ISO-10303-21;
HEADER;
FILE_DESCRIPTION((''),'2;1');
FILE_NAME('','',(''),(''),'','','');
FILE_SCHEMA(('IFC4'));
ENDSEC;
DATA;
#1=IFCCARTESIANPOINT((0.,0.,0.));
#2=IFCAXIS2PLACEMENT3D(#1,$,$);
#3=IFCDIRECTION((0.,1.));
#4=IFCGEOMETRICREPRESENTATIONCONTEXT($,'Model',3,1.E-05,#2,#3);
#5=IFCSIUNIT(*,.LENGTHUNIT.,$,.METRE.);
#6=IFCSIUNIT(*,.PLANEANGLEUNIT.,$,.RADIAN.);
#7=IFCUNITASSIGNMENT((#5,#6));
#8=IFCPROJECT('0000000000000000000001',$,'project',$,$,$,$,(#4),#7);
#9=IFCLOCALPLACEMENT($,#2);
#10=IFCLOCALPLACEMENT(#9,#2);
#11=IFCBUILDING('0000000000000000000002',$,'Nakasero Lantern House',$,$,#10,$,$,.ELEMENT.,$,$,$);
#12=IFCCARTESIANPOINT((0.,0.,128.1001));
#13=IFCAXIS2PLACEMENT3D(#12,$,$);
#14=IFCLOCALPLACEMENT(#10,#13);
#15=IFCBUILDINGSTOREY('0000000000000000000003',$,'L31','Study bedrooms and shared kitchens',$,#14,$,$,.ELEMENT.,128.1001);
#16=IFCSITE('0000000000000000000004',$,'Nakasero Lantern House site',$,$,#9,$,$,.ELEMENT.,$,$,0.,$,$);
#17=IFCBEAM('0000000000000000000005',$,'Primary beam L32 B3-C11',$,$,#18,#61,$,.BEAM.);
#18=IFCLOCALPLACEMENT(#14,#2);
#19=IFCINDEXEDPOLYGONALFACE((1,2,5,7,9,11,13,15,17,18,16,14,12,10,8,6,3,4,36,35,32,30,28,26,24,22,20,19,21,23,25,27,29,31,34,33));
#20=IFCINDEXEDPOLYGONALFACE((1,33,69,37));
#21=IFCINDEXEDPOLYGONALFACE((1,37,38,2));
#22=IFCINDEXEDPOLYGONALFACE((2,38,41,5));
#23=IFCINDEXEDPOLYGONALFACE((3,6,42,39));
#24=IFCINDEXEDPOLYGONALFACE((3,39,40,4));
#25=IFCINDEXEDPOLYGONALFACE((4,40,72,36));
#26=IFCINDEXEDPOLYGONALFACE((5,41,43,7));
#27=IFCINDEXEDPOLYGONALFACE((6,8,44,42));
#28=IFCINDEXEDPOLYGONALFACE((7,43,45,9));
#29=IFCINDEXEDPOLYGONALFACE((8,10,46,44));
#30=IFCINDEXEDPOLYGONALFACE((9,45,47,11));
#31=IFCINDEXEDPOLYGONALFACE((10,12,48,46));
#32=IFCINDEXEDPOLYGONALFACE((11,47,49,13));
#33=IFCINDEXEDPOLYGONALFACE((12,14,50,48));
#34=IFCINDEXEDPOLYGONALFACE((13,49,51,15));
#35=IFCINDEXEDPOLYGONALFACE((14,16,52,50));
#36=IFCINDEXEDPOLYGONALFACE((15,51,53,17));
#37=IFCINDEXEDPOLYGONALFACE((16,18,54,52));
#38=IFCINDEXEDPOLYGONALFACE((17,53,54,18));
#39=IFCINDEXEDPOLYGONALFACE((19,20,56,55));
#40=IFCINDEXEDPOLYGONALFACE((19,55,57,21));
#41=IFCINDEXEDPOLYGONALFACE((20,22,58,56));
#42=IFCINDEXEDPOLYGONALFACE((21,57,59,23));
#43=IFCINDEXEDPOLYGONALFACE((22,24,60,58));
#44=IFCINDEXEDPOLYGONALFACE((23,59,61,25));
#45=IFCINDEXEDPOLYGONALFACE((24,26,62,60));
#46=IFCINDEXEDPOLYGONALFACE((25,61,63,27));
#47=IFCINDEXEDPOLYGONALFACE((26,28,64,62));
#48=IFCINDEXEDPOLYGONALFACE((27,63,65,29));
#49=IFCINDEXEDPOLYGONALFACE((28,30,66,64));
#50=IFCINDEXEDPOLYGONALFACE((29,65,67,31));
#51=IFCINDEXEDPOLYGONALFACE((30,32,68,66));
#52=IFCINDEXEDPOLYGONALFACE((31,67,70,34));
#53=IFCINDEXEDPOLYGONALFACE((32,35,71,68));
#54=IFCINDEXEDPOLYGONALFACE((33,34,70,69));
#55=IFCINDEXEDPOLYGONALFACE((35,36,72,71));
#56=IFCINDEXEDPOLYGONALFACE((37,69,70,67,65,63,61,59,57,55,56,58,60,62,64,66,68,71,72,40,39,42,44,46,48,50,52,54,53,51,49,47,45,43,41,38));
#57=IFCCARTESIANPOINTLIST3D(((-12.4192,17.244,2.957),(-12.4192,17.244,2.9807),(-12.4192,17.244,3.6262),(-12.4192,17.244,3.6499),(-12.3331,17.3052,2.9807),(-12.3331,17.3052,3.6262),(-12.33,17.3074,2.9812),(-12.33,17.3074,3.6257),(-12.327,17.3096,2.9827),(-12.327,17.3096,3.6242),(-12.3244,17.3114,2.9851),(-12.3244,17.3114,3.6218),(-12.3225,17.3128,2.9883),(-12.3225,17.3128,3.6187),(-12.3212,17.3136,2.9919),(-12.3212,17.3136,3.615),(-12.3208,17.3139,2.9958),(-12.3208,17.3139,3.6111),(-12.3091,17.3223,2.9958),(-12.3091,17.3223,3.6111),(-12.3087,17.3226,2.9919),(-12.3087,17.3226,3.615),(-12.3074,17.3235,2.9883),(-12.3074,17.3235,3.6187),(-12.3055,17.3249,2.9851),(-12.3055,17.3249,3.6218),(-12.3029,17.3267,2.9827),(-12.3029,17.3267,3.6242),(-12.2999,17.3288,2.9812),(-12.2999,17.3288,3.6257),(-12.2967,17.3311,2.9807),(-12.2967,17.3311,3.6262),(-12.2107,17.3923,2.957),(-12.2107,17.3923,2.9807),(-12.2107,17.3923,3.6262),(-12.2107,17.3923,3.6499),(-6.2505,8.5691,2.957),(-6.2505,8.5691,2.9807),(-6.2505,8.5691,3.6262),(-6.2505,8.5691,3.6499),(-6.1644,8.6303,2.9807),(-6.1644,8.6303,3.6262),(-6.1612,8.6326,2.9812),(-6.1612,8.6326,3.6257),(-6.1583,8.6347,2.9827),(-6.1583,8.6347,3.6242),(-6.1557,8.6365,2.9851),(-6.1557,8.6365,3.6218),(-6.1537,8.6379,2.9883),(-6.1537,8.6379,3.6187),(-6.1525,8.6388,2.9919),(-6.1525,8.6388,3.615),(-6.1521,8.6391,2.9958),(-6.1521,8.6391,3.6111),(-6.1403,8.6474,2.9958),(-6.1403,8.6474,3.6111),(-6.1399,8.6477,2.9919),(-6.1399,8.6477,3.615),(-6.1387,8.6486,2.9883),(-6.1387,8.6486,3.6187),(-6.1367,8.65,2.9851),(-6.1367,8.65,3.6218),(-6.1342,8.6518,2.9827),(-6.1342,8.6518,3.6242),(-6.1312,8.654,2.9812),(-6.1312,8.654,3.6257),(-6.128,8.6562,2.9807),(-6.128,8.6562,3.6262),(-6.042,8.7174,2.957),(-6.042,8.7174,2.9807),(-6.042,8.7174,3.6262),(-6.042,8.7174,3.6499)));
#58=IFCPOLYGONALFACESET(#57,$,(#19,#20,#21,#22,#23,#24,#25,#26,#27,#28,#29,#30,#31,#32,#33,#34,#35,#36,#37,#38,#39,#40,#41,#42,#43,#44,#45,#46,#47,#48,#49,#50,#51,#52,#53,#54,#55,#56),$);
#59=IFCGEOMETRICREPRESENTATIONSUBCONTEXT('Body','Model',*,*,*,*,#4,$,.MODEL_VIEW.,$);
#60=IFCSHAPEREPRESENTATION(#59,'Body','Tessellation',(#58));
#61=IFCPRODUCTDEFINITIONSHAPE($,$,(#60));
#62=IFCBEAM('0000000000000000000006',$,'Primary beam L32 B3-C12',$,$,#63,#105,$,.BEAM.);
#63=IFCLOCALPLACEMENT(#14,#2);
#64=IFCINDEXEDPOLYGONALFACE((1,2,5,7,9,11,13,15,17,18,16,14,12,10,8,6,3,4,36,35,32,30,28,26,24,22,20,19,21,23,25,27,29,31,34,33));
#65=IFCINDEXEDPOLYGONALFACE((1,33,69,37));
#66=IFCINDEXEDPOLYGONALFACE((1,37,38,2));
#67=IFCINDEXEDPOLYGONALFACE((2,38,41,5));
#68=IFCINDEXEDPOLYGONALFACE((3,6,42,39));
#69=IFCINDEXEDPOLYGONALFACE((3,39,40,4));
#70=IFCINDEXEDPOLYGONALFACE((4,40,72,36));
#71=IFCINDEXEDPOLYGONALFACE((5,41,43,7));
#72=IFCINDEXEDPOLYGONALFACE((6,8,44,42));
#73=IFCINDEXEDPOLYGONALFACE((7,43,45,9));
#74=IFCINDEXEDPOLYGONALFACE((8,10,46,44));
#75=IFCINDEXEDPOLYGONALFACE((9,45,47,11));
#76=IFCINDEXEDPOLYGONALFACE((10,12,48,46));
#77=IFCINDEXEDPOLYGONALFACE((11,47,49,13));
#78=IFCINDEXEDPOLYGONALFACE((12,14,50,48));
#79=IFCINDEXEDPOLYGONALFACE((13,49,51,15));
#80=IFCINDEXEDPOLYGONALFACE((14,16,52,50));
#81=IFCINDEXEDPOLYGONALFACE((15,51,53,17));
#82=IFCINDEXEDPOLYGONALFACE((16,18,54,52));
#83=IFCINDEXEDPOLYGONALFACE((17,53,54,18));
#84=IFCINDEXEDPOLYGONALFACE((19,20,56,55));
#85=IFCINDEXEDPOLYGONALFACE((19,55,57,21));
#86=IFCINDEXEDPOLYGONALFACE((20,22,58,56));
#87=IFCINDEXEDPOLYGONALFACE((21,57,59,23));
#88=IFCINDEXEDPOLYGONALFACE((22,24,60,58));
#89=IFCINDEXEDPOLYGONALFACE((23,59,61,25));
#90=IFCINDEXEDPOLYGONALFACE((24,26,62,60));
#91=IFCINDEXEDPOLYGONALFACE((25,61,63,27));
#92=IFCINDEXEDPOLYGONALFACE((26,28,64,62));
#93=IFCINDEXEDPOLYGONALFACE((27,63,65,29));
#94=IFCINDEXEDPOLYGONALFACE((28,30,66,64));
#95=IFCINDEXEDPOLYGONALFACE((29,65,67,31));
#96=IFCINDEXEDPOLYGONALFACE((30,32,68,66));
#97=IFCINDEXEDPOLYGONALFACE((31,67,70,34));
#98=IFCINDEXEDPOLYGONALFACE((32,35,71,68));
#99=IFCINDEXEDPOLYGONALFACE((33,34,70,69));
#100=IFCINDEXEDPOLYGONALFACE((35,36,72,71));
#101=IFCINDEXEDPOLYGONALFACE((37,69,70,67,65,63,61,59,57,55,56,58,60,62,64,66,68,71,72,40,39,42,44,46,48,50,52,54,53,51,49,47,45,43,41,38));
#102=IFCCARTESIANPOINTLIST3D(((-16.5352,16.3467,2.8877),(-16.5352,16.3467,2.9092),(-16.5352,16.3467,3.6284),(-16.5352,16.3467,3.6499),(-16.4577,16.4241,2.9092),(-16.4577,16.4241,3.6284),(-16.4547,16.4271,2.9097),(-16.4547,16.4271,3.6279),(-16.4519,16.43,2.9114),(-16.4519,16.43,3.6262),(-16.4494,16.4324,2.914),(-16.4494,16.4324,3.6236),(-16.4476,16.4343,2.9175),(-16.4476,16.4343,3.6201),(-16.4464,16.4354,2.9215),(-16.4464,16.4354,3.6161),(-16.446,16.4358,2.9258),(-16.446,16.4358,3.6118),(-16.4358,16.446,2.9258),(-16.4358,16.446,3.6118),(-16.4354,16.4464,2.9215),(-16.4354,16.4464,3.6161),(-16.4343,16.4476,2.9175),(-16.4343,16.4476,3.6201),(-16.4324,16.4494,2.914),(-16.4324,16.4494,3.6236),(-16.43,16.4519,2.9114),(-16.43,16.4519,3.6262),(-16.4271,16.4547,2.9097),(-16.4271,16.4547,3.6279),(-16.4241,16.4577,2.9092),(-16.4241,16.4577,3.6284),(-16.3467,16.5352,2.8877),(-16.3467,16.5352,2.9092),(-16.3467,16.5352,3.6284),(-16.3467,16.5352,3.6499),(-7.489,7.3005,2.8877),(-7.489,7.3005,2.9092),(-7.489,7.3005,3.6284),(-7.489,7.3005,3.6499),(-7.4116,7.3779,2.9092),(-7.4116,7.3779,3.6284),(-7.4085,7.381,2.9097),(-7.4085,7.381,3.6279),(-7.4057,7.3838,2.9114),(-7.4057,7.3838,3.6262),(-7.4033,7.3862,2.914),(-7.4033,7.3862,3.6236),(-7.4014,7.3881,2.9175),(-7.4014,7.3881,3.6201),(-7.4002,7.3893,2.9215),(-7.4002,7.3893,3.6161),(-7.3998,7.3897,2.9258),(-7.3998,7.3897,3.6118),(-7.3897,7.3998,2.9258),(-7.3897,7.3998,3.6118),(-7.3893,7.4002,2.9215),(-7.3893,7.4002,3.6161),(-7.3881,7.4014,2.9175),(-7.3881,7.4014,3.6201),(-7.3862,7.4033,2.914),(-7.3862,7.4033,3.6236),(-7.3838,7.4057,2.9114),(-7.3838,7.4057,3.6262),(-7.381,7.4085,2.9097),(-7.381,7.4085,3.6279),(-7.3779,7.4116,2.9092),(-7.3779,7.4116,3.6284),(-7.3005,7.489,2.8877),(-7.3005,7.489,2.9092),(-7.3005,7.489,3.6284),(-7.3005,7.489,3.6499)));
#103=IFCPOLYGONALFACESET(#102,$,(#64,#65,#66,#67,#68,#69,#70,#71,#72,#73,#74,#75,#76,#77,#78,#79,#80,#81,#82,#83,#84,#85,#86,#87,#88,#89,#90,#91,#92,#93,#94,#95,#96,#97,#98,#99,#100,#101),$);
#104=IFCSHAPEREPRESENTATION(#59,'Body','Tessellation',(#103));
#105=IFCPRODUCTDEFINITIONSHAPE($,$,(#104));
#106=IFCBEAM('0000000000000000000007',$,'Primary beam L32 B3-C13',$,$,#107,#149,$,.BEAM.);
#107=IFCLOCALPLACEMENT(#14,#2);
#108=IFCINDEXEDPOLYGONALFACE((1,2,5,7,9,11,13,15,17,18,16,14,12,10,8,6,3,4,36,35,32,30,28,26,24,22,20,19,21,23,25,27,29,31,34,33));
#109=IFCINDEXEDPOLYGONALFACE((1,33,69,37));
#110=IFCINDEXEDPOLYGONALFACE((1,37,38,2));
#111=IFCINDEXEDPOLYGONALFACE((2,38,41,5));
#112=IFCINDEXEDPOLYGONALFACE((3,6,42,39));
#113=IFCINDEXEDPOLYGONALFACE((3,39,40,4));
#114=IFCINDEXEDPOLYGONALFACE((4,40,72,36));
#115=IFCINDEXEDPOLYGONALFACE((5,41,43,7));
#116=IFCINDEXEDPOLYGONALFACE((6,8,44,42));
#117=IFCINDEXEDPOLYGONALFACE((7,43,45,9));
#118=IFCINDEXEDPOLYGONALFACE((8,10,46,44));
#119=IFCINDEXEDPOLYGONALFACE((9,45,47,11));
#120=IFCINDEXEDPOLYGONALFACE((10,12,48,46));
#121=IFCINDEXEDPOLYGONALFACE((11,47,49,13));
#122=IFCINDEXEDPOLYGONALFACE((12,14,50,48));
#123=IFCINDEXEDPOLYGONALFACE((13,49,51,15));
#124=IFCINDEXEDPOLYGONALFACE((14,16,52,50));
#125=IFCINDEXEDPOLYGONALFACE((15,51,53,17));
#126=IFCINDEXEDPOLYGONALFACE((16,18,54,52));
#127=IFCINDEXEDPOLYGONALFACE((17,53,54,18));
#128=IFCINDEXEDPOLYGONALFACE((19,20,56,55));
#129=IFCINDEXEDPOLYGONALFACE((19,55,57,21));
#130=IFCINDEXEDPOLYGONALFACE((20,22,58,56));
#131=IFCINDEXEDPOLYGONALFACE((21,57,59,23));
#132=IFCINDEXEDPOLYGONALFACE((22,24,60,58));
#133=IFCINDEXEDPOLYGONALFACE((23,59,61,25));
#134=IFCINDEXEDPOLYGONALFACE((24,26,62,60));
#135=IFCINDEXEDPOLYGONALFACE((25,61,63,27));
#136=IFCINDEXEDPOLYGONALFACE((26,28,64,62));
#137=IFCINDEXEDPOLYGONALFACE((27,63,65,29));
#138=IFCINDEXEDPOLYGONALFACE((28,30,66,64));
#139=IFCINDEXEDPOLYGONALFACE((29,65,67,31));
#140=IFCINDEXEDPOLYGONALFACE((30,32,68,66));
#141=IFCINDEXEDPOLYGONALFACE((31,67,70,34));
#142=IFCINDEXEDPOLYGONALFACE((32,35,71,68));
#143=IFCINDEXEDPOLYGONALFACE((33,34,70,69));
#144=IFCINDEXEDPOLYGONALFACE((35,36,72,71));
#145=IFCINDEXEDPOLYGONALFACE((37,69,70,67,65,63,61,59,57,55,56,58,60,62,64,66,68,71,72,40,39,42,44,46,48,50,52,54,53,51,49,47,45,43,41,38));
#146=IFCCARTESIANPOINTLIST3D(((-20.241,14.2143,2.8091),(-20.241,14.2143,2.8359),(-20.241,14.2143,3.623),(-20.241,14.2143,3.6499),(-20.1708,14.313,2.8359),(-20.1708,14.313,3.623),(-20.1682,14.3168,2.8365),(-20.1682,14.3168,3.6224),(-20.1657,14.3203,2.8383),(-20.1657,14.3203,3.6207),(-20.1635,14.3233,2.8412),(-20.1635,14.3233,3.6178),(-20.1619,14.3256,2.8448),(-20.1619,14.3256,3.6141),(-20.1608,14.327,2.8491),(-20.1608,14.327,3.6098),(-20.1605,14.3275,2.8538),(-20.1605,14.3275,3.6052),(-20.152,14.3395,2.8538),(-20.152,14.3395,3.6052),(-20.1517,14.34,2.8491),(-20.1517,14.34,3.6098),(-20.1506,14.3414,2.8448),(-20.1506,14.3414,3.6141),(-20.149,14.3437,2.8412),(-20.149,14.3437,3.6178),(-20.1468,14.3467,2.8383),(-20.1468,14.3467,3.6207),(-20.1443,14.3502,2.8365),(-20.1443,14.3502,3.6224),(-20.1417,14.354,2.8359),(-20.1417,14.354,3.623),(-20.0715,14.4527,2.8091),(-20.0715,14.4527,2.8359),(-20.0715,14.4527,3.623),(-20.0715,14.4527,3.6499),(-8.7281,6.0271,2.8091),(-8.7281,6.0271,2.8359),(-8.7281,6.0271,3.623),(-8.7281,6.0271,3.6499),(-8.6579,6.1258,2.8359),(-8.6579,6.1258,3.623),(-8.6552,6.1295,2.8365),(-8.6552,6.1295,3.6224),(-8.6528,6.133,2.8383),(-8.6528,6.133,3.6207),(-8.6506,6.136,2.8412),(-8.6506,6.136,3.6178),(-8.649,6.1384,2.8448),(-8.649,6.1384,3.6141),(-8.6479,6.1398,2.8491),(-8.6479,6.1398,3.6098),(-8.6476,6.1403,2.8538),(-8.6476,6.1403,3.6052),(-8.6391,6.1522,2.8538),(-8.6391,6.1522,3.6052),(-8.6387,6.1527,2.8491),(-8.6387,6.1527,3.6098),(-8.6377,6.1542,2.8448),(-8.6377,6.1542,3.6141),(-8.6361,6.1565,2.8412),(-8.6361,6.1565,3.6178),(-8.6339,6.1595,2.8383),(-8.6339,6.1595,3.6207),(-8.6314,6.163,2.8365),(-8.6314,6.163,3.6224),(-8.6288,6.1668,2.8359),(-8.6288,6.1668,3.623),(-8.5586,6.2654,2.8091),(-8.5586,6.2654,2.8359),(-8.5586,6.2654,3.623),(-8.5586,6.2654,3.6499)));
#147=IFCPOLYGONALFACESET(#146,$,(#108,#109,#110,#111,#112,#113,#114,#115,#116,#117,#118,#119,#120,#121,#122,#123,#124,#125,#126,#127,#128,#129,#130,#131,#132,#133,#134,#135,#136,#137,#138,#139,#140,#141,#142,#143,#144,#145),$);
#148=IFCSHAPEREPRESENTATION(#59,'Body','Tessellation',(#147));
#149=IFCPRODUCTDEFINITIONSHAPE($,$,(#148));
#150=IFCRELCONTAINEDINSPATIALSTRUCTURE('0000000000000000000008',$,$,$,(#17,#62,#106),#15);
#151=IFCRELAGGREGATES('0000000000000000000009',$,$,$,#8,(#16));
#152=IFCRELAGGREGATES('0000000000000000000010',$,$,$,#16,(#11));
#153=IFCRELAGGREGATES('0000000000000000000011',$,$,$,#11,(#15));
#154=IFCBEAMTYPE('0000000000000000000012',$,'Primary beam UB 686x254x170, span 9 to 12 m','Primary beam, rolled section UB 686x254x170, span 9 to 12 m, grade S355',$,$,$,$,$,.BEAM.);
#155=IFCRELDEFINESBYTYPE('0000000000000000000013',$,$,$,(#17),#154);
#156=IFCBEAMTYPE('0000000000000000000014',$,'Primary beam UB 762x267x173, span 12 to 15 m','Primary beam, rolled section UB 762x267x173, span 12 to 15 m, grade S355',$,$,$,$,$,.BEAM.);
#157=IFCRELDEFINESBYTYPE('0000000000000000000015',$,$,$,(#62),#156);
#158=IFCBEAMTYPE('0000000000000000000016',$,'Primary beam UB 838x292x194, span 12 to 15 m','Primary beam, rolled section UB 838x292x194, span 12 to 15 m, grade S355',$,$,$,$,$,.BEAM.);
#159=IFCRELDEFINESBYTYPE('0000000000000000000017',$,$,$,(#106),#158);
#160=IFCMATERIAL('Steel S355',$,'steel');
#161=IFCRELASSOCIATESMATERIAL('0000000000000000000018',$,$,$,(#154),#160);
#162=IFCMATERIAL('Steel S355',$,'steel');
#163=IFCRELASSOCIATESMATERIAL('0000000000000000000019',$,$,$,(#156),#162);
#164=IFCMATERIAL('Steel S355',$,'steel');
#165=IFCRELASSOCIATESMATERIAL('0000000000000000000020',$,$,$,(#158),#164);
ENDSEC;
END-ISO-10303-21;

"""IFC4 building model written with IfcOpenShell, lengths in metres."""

from ifc_helpers import new_model, si_unit, direction, frame, origin, origin_2d, place, context, subcontext, project, spatial, i_section, extrude, material, material_profile, profile_set, type_object, element, save


model = new_model("IFC4")

# Units and contexts
model_context = context("Model", 3, precision=1e-05, world=origin(), true_north=direction((0.0, 1.0)))
body_context = subcontext(model_context, "Body", "Model", "MODEL_VIEW")
ifc_project = project(units=[si_unit("LENGTHUNIT", "METRE"), si_unit("PLANEANGLEUNIT", "RADIAN")], contexts=[model_context])

# Site, building, storey
site_placement = place(None, origin())
site = spatial("IfcSite", under=ifc_project, at=site_placement, Name="Nakasero Lantern House site", CompositionType="ELEMENT", RefElevation=0.0)
building_placement = place(site_placement, origin())
building = spatial("IfcBuilding", under=site, at=building_placement, Name="Nakasero Lantern House", CompositionType="ELEMENT")
storey_placement = place(building_placement, frame((0.0, 0.0, 128.1001)))
storey = spatial("IfcBuildingStorey", under=building, at=storey_placement, Name="L31", Description="Study bedrooms and shared kitchens", CompositionType="ELEMENT", Elevation=128.1001)

# Beams
ifc_material_1 = material(Name="Steel S355", Category="steel")
ifc_material_profile_1 = material_profile(ifc_material_1, i_section(OverallWidth=0.2559, OverallDepth=0.6929, WebThickness=0.0144, FlangeThickness=0.0237, FilletRadius=0.0151, at=origin_2d()), Name="UB 686x254x170")
ifc_profile_set_1 = profile_set([ifc_material_profile_1], Name="Steel S355")
beam_type_1 = type_object("IfcBeamType", Name="Primary beam UB 686x254x170, span 9 to 12 m", Description="Primary beam, rolled section UB 686x254x170, span 9 to 12 m, grade S355", PredefinedType="BEAM", material=ifc_profile_set_1)
beam_1_placement = place(storey_placement, frame((-12.3149, 17.3181, 3.3035), z_axis=(0.579521, -0.814957, 0.0), x_axis=(0.814957, 0.579521, 0.0)))
element("IfcBeam", 1, at=beam_1_placement, inside=storey, type_object=beam_type_1, Name="Primary beam L32 B3-C11", PredefinedType="BEAM", context=body_context, shape_type="SweptSolid", body=[
    extrude(i_section(OverallWidth=0.2559, OverallDepth=0.6929, WebThickness=0.0144, FlangeThickness=0.0237, FilletRadius=0.0151, at=origin_2d()), origin(), (0.0, 0.0, 1.0), 10.6445),
])
ifc_material_2 = material(Name="Steel S355", Category="steel")
ifc_material_profile_2 = material_profile(ifc_material_2, i_section(OverallWidth=0.2666, OverallDepth=0.7622, WebThickness=0.0144, FlangeThickness=0.0215, FilletRadius=0.0166, at=origin_2d()), Name="UB 762x267x173")
ifc_profile_set_2 = profile_set([ifc_material_profile_2], Name="Steel S355")
beam_type_2 = type_object("IfcBeamType", Name="Primary beam UB 762x267x173, span 12 to 15 m", Description="Primary beam, rolled section UB 762x267x173, span 12 to 15 m, grade S355", PredefinedType="BEAM", material=ifc_profile_set_2)
beam_2_placement = place(storey_placement, frame((-16.4409, 16.4409, 3.2688), z_axis=(0.707107, -0.707107, 0.0), x_axis=(0.707107, 0.707107, 0.0)))
element("IfcBeam", 2, at=beam_2_placement, inside=storey, type_object=beam_type_2, Name="Primary beam L32 B3-C12", PredefinedType="BEAM", context=body_context, shape_type="SweptSolid", body=[
    extrude(i_section(OverallWidth=0.2666, OverallDepth=0.7622, WebThickness=0.0144, FlangeThickness=0.0215, FilletRadius=0.0166, at=origin_2d()), origin(), (0.0, 0.0, 1.0), 12.7932),
])
ifc_material_3 = material(Name="Steel S355", Category="steel")
ifc_material_profile_3 = material_profile(ifc_material_3, i_section(OverallWidth=0.2925, OverallDepth=0.8408, WebThickness=0.0146, FlangeThickness=0.0269, FilletRadius=0.0178, at=origin_2d()), Name="UB 838x292x194")
ifc_profile_set_3 = profile_set([ifc_material_profile_3], Name="Steel S355")
beam_type_3 = type_object("IfcBeamType", Name="Primary beam UB 838x292x194, span 12 to 15 m", Description="Primary beam, rolled section UB 838x292x194, span 12 to 15 m, grade S355", PredefinedType="BEAM", material=ifc_profile_set_3)
beam_3_placement = place(storey_placement, frame((-20.1562, 14.3335, 3.2295), z_axis=(0.814946, -0.579537, 0.0), x_axis=(0.579537, 0.814946, 0.0)))
element("IfcBeam", 3, at=beam_3_placement, inside=storey, type_object=beam_type_3, Name="Primary beam L32 B3-C13", PredefinedType="BEAM", context=body_context, shape_type="SweptSolid", body=[
    extrude(i_section(OverallWidth=0.2925, OverallDepth=0.8408, WebThickness=0.0146, FlangeThickness=0.0269, FilletRadius=0.0178, at=origin_2d()), origin(), (0.0, 0.0, 1.0), 14.1272),
])

save(model, "model.ifc")
